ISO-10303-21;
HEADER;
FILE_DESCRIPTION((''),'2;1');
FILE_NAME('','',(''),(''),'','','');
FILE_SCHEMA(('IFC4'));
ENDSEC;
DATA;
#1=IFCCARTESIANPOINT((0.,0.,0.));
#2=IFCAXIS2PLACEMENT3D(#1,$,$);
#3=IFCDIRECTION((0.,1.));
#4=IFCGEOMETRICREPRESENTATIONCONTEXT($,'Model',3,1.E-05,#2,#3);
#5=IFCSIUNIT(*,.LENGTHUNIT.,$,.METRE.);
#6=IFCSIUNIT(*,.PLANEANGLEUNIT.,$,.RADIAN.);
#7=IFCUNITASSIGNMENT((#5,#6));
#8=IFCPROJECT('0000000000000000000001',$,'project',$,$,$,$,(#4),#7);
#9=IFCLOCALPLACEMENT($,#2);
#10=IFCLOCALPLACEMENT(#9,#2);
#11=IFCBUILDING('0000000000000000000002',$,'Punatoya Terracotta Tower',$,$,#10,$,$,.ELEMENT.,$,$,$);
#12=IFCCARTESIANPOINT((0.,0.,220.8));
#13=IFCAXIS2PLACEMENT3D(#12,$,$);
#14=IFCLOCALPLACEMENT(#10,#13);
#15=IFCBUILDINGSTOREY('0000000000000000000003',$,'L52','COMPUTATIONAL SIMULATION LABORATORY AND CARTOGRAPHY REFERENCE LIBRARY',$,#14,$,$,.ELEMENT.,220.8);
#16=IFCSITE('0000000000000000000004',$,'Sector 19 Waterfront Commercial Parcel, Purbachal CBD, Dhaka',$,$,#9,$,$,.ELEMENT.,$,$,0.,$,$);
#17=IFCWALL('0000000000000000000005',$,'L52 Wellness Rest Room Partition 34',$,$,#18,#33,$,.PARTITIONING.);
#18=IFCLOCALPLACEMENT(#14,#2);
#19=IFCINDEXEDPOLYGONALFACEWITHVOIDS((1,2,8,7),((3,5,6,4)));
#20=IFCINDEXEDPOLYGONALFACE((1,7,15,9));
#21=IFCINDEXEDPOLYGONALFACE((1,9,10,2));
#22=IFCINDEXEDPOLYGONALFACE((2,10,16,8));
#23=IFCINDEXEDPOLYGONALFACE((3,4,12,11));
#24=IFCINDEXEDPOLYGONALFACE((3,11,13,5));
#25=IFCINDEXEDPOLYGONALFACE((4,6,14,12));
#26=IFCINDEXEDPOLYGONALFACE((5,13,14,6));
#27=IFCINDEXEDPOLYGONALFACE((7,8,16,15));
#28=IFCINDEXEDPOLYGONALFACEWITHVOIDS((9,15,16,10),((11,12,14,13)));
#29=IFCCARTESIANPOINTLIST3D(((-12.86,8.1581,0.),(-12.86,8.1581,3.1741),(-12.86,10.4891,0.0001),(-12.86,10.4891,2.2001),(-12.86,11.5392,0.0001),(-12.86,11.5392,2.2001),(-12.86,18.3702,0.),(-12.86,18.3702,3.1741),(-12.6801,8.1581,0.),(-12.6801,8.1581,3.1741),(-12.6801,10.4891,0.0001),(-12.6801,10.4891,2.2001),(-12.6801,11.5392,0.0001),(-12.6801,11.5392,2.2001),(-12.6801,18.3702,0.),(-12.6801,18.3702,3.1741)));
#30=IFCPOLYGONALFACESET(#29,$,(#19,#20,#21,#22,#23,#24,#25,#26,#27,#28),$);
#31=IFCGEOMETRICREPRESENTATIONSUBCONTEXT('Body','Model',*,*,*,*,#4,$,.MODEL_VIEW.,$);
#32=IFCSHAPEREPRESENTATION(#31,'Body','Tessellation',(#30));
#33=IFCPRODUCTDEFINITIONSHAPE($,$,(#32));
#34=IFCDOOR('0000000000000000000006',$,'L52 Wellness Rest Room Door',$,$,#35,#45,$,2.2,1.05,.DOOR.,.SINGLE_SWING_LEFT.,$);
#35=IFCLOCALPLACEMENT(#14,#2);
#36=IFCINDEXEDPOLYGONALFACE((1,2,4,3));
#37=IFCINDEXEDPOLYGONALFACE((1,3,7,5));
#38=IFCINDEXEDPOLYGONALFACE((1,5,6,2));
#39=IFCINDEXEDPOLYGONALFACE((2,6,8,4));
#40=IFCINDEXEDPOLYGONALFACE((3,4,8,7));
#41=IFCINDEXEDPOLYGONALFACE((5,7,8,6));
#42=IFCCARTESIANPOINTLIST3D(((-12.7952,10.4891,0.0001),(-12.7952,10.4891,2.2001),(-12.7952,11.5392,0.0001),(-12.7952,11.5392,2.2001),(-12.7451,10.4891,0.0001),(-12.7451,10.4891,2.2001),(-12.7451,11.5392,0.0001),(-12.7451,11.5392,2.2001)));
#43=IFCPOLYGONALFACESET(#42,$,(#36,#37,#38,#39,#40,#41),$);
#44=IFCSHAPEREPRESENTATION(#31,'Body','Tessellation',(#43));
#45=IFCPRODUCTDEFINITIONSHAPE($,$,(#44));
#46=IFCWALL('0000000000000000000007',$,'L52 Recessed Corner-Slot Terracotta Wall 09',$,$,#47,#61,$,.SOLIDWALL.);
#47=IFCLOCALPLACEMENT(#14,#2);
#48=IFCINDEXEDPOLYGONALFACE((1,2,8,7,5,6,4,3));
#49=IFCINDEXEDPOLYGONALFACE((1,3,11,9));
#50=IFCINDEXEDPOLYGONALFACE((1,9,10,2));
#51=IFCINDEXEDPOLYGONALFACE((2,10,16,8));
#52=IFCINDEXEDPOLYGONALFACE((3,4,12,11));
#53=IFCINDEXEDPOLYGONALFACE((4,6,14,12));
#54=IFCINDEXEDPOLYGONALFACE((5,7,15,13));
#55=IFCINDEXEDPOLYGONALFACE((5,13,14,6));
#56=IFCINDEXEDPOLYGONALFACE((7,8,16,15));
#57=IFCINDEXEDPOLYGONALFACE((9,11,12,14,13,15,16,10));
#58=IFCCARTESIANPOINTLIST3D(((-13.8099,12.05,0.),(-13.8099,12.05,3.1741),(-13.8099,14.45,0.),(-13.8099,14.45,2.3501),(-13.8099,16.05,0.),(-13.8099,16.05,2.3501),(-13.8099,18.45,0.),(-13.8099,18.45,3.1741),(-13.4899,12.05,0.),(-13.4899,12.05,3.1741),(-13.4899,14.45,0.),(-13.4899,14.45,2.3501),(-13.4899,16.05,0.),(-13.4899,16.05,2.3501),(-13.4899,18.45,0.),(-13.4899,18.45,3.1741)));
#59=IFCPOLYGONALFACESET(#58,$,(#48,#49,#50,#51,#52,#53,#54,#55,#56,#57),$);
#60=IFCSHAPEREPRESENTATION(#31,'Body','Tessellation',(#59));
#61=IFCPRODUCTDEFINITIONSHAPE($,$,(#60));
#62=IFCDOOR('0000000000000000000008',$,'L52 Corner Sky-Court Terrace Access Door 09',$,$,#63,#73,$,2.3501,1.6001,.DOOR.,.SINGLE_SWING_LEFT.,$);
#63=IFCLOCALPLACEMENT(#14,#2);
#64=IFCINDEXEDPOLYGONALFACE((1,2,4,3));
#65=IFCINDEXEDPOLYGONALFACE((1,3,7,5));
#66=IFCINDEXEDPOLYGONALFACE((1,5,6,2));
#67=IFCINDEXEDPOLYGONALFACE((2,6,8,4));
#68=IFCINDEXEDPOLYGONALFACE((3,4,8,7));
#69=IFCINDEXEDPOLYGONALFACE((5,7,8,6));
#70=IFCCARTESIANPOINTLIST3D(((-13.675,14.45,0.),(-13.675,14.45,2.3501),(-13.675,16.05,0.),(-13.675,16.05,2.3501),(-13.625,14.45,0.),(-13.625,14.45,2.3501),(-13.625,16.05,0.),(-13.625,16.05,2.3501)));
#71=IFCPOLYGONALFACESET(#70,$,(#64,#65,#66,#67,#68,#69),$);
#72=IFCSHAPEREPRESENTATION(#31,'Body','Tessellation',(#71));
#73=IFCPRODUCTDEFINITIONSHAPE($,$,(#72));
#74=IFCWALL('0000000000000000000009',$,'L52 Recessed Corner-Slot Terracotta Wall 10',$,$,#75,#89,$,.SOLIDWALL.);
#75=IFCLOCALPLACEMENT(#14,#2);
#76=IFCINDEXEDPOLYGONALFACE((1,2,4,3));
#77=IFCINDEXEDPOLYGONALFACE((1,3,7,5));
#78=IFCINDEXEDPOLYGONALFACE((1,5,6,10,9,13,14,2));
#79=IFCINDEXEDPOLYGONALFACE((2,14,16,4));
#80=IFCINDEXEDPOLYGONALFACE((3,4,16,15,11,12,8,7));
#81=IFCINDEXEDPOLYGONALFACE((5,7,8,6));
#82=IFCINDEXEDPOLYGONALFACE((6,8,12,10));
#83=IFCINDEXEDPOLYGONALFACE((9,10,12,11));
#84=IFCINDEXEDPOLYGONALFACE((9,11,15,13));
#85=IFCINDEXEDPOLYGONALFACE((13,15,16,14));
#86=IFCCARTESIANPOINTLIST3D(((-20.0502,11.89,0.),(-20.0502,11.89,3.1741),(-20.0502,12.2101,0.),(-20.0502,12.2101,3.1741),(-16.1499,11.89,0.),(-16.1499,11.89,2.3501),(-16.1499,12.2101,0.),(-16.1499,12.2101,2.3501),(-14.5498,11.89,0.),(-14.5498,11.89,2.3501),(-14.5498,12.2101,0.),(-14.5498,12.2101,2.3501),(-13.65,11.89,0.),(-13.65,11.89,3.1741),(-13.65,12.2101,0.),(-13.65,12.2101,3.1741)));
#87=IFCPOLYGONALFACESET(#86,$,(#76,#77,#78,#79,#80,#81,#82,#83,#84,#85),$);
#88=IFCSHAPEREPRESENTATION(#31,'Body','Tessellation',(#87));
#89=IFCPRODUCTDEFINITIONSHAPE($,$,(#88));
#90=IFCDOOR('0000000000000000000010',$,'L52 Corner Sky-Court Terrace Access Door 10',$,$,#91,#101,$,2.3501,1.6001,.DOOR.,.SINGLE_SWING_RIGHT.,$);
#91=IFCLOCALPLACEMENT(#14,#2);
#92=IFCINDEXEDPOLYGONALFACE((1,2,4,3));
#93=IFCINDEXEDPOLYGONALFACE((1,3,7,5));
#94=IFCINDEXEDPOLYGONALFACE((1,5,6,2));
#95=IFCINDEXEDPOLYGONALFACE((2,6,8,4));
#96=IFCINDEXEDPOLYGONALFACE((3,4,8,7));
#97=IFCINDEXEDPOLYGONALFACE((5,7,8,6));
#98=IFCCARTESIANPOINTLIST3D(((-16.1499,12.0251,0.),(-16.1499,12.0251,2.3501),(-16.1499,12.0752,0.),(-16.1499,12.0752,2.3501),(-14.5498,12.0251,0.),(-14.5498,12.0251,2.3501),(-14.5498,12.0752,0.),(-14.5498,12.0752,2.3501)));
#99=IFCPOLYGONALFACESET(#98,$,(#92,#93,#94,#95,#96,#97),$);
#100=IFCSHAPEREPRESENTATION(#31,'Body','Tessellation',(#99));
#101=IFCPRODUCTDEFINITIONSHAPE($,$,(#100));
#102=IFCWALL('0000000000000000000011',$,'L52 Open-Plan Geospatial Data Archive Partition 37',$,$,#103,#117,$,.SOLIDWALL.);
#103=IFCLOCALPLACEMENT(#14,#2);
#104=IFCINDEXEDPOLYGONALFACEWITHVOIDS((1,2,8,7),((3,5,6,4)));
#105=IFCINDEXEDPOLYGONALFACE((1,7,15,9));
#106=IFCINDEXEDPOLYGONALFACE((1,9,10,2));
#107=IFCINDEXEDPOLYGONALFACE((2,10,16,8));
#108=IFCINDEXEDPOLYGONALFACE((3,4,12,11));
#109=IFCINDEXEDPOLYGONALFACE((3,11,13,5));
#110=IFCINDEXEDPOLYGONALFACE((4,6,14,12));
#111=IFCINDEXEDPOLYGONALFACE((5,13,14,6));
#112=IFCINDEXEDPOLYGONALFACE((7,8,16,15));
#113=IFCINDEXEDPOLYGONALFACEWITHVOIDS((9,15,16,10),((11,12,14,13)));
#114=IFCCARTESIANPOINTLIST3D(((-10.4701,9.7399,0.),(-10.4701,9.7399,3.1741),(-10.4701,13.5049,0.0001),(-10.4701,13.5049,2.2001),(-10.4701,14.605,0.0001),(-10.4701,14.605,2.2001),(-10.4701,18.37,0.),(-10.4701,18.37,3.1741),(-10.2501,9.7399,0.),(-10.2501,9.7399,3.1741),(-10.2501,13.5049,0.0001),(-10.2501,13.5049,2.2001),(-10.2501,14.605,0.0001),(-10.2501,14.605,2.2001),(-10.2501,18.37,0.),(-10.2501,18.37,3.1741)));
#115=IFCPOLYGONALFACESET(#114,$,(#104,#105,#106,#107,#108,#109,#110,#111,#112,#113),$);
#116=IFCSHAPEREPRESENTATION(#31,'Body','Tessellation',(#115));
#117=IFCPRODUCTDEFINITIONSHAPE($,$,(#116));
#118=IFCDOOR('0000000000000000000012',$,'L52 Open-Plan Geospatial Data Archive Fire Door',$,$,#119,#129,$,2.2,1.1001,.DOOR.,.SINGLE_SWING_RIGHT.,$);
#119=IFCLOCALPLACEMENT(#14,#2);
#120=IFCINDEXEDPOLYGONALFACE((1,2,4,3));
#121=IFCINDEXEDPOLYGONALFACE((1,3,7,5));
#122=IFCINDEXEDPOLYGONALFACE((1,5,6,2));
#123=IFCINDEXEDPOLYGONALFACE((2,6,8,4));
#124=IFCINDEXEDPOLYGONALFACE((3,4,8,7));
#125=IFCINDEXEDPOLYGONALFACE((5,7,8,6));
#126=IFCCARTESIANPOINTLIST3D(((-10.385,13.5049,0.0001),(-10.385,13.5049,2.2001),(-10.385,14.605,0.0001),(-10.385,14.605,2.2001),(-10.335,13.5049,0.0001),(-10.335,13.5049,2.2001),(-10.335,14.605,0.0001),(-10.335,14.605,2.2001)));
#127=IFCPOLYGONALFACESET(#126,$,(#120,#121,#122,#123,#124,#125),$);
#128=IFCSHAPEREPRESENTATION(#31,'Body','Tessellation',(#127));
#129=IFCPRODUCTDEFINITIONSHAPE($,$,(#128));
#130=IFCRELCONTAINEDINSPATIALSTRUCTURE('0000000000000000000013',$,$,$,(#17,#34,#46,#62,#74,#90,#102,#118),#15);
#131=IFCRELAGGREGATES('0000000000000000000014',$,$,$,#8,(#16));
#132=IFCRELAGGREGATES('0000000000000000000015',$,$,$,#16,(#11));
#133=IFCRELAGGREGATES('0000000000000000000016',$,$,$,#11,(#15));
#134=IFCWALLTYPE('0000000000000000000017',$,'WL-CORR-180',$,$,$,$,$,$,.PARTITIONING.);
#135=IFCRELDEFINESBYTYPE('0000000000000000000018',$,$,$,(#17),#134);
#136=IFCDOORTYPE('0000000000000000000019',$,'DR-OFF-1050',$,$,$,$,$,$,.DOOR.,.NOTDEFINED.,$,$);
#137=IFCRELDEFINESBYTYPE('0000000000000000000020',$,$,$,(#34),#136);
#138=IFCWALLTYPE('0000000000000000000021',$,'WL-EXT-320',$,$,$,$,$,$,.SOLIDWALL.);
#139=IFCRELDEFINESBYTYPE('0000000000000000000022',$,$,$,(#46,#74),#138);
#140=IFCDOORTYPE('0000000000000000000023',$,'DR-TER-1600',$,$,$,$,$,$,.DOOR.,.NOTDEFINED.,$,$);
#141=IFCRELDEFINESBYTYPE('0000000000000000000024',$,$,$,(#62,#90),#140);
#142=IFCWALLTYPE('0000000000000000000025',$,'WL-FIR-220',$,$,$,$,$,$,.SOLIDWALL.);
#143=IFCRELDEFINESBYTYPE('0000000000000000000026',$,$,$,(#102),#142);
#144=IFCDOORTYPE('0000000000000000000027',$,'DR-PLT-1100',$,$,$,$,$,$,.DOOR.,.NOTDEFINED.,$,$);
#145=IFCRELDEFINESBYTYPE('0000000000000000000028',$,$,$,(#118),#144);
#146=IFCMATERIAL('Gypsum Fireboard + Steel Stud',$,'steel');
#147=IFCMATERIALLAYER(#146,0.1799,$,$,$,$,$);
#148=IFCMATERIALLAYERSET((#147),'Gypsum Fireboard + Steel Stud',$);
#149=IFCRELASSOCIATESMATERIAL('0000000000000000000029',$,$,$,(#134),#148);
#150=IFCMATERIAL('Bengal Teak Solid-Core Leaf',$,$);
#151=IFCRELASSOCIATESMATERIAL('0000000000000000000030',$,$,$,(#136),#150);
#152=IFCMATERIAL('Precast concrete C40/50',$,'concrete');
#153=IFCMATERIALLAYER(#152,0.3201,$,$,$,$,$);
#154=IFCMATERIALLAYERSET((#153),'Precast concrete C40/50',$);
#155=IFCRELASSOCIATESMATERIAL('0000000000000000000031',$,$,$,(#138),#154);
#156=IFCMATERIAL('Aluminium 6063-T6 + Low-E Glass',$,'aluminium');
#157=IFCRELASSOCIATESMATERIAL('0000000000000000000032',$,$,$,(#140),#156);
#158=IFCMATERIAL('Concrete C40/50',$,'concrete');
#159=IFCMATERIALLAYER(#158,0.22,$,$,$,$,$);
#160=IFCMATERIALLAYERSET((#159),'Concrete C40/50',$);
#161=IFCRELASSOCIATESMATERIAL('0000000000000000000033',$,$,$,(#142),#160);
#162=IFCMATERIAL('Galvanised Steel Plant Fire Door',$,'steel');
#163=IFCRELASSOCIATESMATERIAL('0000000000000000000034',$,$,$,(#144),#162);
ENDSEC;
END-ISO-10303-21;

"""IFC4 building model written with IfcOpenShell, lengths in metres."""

from ifc_helpers import new_model, si_unit, direction, frame, frame_2d, origin, place, context, subcontext, project, spatial, rectangle, extrude, material, layer, layer_set, type_object, element, fill, save


model = new_model("IFC4")

# Units and contexts
model_context = context("Model", 3, precision=1e-05, world=origin(), true_north=direction((0.0, 1.0)))
body_context = subcontext(model_context, "Body", "Model", "MODEL_VIEW")
ifc_project = project(units=[si_unit("LENGTHUNIT", "METRE"), si_unit("PLANEANGLEUNIT", "RADIAN")], contexts=[model_context])

# Site, building, storey
site_placement = place(None, origin())
site = spatial("IfcSite", under=ifc_project, at=site_placement, Name="Sector 19 Waterfront Commercial Parcel, Purbachal CBD, Dhaka", CompositionType="ELEMENT", RefElevation=0.0)
building_placement = place(site_placement, origin())
building = spatial("IfcBuilding", under=site, at=building_placement, Name="Punatoya Terracotta Tower", CompositionType="ELEMENT")
storey_placement = place(building_placement, frame((0.0, 0.0, 220.8)))
storey = spatial("IfcBuildingStorey", under=building, at=storey_placement, Name="L52", Description="COMPUTATIONAL SIMULATION LABORATORY AND CARTOGRAPHY REFERENCE LIBRARY", CompositionType="ELEMENT", Elevation=220.8)

# Walls, openings, doors
ifc_material_1 = material(Name="Gypsum Fireboard + Steel Stud", Category="steel")
ifc_layer_1 = layer(ifc_material_1, 0.1799)
ifc_layer_set_1 = layer_set([ifc_layer_1], Name="Gypsum Fireboard + Steel Stud")
wall_type_1 = type_object("IfcWallType", Name="WL-CORR-180", PredefinedType="PARTITIONING", material=ifc_layer_set_1)
wall_1_placement = place(storey_placement, frame((-12.77, 18.3701, 0.0), z_axis=(0.0, 0.0, 1.0), x_axis=(0.0, -1.0, 0.0)))
wall_1 = element("IfcWall", 1, at=wall_1_placement, inside=storey, type_object=wall_type_1, Name="L52 Wellness Rest Room Partition 34", PredefinedType="PARTITIONING", context=body_context, shape_type="SweptSolid", body=[
    extrude(rectangle(XDim=10.2122, YDim=0.1799, at=frame_2d((5.106, 0.0))), origin(), (0.0, 0.0, 1.0), 3.1741),
])
opening_1_placement = place(wall_1_placement, frame((6.8311, 0.0, 0.0)))
opening_1 = element("IfcOpeningElement", 2, at=opening_1_placement, cuts=wall_1, PredefinedType="OPENING", context=body_context, shape_type="SweptSolid", body=[
    extrude(rectangle(XDim=1.05, YDim=2.2, at=frame_2d((0.5249, 1.1001))), frame((0.0, 0.0999, 0.0), z_axis=(0.0, -1.0, 0.0), x_axis=(1.0, 0.0, 0.0)), (0.0, 0.0, 1.0), 0.2),
])
ifc_material_2 = material(Name="Bengal Teak Solid-Core Leaf")
door_type_1 = type_object("IfcDoorType", Name="DR-OFF-1050", OperationType="NOTDEFINED", PredefinedType="DOOR", material=ifc_material_2)
door_1_placement = place(opening_1_placement, origin())
door_1 = element("IfcDoor", 3, at=door_1_placement, inside=storey, type_object=door_type_1, Name="L52 Wellness Rest Room Door", OperationType="SINGLE_SWING_LEFT", OverallHeight=2.2, OverallWidth=1.05, PredefinedType="DOOR", context=body_context, shape_type="SweptSolid", body=[
    extrude(rectangle(XDim=1.05, YDim=2.2, at=frame_2d((0.5249, 1.1001))), frame((0.0, 0.0249, 0.0), z_axis=(0.0, -1.0, 0.0), x_axis=(1.0, 0.0, 0.0)), (0.0, 0.0, 1.0), 0.05),
])
fill(opening_1, door_1)
ifc_material_3 = material(Name="Precast concrete C40/50", Category="concrete")
ifc_layer_2 = layer(ifc_material_3, 0.3201)
ifc_layer_set_2 = layer_set([ifc_layer_2], Name="Precast concrete C40/50")
wall_type_2 = type_object("IfcWallType", Name="WL-EXT-320", PredefinedType="SOLIDWALL", material=ifc_layer_set_2)
wall_2_placement = place(storey_placement, frame((-13.6499, 18.45, 0.0), z_axis=(0.0, 0.0, 1.0), x_axis=(0.0, -1.0, 0.0)))
wall_2 = element("IfcWall", 4, at=wall_2_placement, inside=storey, type_object=wall_type_2, Name="L52 Recessed Corner-Slot Terracotta Wall 09", PredefinedType="SOLIDWALL", context=body_context, shape_type="SweptSolid", body=[
    extrude(rectangle(XDim=6.3999, YDim=0.3201, at=frame_2d((3.2, 0.0))), origin(), (0.0, 0.0, 1.0), 3.1741),
])
opening_2_placement = place(wall_2_placement, frame((2.3999, 0.0, 0.0)))
opening_2 = element("IfcOpeningElement", 5, at=opening_2_placement, cuts=wall_2, PredefinedType="OPENING", context=body_context, shape_type="SweptSolid", body=[
    extrude(rectangle(XDim=1.6001, YDim=2.3501, at=frame_2d((0.8, 1.175))), frame((0.0, 0.1699, 0.0), z_axis=(0.0, -1.0, 0.0), x_axis=(1.0, 0.0, 0.0)), (0.0, 0.0, 1.0), 0.3401),
])
ifc_material_4 = material(Name="Aluminium 6063-T6 + Low-E Glass", Category="aluminium")
door_type_2 = type_object("IfcDoorType", Name="DR-TER-1600", OperationType="NOTDEFINED", PredefinedType="DOOR", material=ifc_material_4)
door_2_placement = place(opening_2_placement, origin())
door_2 = element("IfcDoor", 6, at=door_2_placement, inside=storey, type_object=door_type_2, Name="L52 Corner Sky-Court Terrace Access Door 09", OperationType="SINGLE_SWING_LEFT", OverallHeight=2.3501, OverallWidth=1.6001, PredefinedType="DOOR", context=body_context, shape_type="SweptSolid", body=[
    extrude(rectangle(XDim=1.6001, YDim=2.3501, at=frame_2d((0.8, 1.175))), frame((0.0, 0.0249, 0.0), z_axis=(0.0, -1.0, 0.0), x_axis=(1.0, 0.0, 0.0)), (0.0, 0.0, 1.0), 0.05),
])
fill(opening_2, door_2)
wall_3_placement = place(storey_placement, frame((-13.6499, 12.05, 0.0), z_axis=(0.0, 0.0, 1.0), x_axis=(-1.0, 0.0, 0.0)))
wall_3 = element("IfcWall", 7, at=wall_3_placement, inside=storey, type_object=wall_type_2, Name="L52 Recessed Corner-Slot Terracotta Wall 10", PredefinedType="SOLIDWALL", context=body_context, shape_type="SweptSolid", body=[
    extrude(rectangle(XDim=6.4001, YDim=0.3201, at=frame_2d((3.2002, 0.0))), origin(), (0.0, 0.0, 1.0), 3.1741),
])
opening_3_placement = place(wall_3_placement, frame((0.8999, 0.0, 0.0)))
opening_3 = element("IfcOpeningElement", 8, at=opening_3_placement, cuts=wall_3, PredefinedType="OPENING", context=body_context, shape_type="SweptSolid", body=[
    extrude(rectangle(XDim=1.6001, YDim=2.3501, at=frame_2d((0.8, 1.175))), frame((0.0, 0.1699, 0.0), z_axis=(0.0, -1.0, 0.0), x_axis=(1.0, 0.0, 0.0)), (0.0, 0.0, 1.0), 0.3401),
])
door_3_placement = place(opening_3_placement, origin())
door_3 = element("IfcDoor", 9, at=door_3_placement, inside=storey, type_object=door_type_2, Name="L52 Corner Sky-Court Terrace Access Door 10", OperationType="SINGLE_SWING_RIGHT", OverallHeight=2.3501, OverallWidth=1.6001, PredefinedType="DOOR", context=body_context, shape_type="SweptSolid", body=[
    extrude(rectangle(XDim=1.6001, YDim=2.3501, at=frame_2d((0.8, 1.175))), frame((0.0, 0.0249, 0.0), z_axis=(0.0, -1.0, 0.0), x_axis=(1.0, 0.0, 0.0)), (0.0, 0.0, 1.0), 0.05),
])
fill(opening_3, door_3)
ifc_material_5 = material(Name="Concrete C40/50", Category="concrete")
ifc_layer_3 = layer(ifc_material_5, 0.22)
ifc_layer_set_3 = layer_set([ifc_layer_3], Name="Concrete C40/50")
wall_type_3 = type_object("IfcWallType", Name="WL-FIR-220", PredefinedType="SOLIDWALL", material=ifc_layer_set_3)
wall_4_placement = place(storey_placement, frame((-10.3601, 9.74, 0.0), z_axis=(0.0, 0.0, 1.0), x_axis=(0.0, 1.0, 0.0)))
wall_4 = element("IfcWall", 10, at=wall_4_placement, inside=storey, type_object=wall_type_3, Name="L52 Open-Plan Geospatial Data Archive Partition 37", PredefinedType="SOLIDWALL", context=body_context, shape_type="SweptSolid", body=[
    extrude(rectangle(XDim=8.6301, YDim=0.22, at=frame_2d((4.3149, 0.0))), origin(), (0.0, 0.0, 1.0), 3.1741),
])
opening_4_placement = place(wall_4_placement, frame((3.7649, 0.0, 0.0)))
opening_4 = element("IfcOpeningElement", 11, at=opening_4_placement, cuts=wall_4, PredefinedType="OPENING", context=body_context, shape_type="SweptSolid", body=[
    extrude(rectangle(XDim=1.1001, YDim=2.2, at=frame_2d((0.55, 1.1001))), frame((0.0, 0.1199, 0.0), z_axis=(0.0, -1.0, 0.0), x_axis=(1.0, 0.0, 0.0)), (0.0, 0.0, 1.0), 0.24),
])
ifc_material_6 = material(Name="Galvanised Steel Plant Fire Door", Category="steel")
door_type_3 = type_object("IfcDoorType", Name="DR-PLT-1100", OperationType="NOTDEFINED", PredefinedType="DOOR", material=ifc_material_6)
door_4_placement = place(opening_4_placement, origin())
door_4 = element("IfcDoor", 12, at=door_4_placement, inside=storey, type_object=door_type_3, Name="L52 Open-Plan Geospatial Data Archive Fire Door", OperationType="SINGLE_SWING_RIGHT", OverallHeight=2.2, OverallWidth=1.1001, PredefinedType="DOOR", context=body_context, shape_type="SweptSolid", body=[
    extrude(rectangle(XDim=1.1001, YDim=2.2, at=frame_2d((0.55, 1.1001))), frame((0.0, 0.0249, 0.0), z_axis=(0.0, -1.0, 0.0), x_axis=(1.0, 0.0, 0.0)), (0.0, 0.0, 1.0), 0.05),
])
fill(opening_4, door_4)

save(model, "model.ifc")
